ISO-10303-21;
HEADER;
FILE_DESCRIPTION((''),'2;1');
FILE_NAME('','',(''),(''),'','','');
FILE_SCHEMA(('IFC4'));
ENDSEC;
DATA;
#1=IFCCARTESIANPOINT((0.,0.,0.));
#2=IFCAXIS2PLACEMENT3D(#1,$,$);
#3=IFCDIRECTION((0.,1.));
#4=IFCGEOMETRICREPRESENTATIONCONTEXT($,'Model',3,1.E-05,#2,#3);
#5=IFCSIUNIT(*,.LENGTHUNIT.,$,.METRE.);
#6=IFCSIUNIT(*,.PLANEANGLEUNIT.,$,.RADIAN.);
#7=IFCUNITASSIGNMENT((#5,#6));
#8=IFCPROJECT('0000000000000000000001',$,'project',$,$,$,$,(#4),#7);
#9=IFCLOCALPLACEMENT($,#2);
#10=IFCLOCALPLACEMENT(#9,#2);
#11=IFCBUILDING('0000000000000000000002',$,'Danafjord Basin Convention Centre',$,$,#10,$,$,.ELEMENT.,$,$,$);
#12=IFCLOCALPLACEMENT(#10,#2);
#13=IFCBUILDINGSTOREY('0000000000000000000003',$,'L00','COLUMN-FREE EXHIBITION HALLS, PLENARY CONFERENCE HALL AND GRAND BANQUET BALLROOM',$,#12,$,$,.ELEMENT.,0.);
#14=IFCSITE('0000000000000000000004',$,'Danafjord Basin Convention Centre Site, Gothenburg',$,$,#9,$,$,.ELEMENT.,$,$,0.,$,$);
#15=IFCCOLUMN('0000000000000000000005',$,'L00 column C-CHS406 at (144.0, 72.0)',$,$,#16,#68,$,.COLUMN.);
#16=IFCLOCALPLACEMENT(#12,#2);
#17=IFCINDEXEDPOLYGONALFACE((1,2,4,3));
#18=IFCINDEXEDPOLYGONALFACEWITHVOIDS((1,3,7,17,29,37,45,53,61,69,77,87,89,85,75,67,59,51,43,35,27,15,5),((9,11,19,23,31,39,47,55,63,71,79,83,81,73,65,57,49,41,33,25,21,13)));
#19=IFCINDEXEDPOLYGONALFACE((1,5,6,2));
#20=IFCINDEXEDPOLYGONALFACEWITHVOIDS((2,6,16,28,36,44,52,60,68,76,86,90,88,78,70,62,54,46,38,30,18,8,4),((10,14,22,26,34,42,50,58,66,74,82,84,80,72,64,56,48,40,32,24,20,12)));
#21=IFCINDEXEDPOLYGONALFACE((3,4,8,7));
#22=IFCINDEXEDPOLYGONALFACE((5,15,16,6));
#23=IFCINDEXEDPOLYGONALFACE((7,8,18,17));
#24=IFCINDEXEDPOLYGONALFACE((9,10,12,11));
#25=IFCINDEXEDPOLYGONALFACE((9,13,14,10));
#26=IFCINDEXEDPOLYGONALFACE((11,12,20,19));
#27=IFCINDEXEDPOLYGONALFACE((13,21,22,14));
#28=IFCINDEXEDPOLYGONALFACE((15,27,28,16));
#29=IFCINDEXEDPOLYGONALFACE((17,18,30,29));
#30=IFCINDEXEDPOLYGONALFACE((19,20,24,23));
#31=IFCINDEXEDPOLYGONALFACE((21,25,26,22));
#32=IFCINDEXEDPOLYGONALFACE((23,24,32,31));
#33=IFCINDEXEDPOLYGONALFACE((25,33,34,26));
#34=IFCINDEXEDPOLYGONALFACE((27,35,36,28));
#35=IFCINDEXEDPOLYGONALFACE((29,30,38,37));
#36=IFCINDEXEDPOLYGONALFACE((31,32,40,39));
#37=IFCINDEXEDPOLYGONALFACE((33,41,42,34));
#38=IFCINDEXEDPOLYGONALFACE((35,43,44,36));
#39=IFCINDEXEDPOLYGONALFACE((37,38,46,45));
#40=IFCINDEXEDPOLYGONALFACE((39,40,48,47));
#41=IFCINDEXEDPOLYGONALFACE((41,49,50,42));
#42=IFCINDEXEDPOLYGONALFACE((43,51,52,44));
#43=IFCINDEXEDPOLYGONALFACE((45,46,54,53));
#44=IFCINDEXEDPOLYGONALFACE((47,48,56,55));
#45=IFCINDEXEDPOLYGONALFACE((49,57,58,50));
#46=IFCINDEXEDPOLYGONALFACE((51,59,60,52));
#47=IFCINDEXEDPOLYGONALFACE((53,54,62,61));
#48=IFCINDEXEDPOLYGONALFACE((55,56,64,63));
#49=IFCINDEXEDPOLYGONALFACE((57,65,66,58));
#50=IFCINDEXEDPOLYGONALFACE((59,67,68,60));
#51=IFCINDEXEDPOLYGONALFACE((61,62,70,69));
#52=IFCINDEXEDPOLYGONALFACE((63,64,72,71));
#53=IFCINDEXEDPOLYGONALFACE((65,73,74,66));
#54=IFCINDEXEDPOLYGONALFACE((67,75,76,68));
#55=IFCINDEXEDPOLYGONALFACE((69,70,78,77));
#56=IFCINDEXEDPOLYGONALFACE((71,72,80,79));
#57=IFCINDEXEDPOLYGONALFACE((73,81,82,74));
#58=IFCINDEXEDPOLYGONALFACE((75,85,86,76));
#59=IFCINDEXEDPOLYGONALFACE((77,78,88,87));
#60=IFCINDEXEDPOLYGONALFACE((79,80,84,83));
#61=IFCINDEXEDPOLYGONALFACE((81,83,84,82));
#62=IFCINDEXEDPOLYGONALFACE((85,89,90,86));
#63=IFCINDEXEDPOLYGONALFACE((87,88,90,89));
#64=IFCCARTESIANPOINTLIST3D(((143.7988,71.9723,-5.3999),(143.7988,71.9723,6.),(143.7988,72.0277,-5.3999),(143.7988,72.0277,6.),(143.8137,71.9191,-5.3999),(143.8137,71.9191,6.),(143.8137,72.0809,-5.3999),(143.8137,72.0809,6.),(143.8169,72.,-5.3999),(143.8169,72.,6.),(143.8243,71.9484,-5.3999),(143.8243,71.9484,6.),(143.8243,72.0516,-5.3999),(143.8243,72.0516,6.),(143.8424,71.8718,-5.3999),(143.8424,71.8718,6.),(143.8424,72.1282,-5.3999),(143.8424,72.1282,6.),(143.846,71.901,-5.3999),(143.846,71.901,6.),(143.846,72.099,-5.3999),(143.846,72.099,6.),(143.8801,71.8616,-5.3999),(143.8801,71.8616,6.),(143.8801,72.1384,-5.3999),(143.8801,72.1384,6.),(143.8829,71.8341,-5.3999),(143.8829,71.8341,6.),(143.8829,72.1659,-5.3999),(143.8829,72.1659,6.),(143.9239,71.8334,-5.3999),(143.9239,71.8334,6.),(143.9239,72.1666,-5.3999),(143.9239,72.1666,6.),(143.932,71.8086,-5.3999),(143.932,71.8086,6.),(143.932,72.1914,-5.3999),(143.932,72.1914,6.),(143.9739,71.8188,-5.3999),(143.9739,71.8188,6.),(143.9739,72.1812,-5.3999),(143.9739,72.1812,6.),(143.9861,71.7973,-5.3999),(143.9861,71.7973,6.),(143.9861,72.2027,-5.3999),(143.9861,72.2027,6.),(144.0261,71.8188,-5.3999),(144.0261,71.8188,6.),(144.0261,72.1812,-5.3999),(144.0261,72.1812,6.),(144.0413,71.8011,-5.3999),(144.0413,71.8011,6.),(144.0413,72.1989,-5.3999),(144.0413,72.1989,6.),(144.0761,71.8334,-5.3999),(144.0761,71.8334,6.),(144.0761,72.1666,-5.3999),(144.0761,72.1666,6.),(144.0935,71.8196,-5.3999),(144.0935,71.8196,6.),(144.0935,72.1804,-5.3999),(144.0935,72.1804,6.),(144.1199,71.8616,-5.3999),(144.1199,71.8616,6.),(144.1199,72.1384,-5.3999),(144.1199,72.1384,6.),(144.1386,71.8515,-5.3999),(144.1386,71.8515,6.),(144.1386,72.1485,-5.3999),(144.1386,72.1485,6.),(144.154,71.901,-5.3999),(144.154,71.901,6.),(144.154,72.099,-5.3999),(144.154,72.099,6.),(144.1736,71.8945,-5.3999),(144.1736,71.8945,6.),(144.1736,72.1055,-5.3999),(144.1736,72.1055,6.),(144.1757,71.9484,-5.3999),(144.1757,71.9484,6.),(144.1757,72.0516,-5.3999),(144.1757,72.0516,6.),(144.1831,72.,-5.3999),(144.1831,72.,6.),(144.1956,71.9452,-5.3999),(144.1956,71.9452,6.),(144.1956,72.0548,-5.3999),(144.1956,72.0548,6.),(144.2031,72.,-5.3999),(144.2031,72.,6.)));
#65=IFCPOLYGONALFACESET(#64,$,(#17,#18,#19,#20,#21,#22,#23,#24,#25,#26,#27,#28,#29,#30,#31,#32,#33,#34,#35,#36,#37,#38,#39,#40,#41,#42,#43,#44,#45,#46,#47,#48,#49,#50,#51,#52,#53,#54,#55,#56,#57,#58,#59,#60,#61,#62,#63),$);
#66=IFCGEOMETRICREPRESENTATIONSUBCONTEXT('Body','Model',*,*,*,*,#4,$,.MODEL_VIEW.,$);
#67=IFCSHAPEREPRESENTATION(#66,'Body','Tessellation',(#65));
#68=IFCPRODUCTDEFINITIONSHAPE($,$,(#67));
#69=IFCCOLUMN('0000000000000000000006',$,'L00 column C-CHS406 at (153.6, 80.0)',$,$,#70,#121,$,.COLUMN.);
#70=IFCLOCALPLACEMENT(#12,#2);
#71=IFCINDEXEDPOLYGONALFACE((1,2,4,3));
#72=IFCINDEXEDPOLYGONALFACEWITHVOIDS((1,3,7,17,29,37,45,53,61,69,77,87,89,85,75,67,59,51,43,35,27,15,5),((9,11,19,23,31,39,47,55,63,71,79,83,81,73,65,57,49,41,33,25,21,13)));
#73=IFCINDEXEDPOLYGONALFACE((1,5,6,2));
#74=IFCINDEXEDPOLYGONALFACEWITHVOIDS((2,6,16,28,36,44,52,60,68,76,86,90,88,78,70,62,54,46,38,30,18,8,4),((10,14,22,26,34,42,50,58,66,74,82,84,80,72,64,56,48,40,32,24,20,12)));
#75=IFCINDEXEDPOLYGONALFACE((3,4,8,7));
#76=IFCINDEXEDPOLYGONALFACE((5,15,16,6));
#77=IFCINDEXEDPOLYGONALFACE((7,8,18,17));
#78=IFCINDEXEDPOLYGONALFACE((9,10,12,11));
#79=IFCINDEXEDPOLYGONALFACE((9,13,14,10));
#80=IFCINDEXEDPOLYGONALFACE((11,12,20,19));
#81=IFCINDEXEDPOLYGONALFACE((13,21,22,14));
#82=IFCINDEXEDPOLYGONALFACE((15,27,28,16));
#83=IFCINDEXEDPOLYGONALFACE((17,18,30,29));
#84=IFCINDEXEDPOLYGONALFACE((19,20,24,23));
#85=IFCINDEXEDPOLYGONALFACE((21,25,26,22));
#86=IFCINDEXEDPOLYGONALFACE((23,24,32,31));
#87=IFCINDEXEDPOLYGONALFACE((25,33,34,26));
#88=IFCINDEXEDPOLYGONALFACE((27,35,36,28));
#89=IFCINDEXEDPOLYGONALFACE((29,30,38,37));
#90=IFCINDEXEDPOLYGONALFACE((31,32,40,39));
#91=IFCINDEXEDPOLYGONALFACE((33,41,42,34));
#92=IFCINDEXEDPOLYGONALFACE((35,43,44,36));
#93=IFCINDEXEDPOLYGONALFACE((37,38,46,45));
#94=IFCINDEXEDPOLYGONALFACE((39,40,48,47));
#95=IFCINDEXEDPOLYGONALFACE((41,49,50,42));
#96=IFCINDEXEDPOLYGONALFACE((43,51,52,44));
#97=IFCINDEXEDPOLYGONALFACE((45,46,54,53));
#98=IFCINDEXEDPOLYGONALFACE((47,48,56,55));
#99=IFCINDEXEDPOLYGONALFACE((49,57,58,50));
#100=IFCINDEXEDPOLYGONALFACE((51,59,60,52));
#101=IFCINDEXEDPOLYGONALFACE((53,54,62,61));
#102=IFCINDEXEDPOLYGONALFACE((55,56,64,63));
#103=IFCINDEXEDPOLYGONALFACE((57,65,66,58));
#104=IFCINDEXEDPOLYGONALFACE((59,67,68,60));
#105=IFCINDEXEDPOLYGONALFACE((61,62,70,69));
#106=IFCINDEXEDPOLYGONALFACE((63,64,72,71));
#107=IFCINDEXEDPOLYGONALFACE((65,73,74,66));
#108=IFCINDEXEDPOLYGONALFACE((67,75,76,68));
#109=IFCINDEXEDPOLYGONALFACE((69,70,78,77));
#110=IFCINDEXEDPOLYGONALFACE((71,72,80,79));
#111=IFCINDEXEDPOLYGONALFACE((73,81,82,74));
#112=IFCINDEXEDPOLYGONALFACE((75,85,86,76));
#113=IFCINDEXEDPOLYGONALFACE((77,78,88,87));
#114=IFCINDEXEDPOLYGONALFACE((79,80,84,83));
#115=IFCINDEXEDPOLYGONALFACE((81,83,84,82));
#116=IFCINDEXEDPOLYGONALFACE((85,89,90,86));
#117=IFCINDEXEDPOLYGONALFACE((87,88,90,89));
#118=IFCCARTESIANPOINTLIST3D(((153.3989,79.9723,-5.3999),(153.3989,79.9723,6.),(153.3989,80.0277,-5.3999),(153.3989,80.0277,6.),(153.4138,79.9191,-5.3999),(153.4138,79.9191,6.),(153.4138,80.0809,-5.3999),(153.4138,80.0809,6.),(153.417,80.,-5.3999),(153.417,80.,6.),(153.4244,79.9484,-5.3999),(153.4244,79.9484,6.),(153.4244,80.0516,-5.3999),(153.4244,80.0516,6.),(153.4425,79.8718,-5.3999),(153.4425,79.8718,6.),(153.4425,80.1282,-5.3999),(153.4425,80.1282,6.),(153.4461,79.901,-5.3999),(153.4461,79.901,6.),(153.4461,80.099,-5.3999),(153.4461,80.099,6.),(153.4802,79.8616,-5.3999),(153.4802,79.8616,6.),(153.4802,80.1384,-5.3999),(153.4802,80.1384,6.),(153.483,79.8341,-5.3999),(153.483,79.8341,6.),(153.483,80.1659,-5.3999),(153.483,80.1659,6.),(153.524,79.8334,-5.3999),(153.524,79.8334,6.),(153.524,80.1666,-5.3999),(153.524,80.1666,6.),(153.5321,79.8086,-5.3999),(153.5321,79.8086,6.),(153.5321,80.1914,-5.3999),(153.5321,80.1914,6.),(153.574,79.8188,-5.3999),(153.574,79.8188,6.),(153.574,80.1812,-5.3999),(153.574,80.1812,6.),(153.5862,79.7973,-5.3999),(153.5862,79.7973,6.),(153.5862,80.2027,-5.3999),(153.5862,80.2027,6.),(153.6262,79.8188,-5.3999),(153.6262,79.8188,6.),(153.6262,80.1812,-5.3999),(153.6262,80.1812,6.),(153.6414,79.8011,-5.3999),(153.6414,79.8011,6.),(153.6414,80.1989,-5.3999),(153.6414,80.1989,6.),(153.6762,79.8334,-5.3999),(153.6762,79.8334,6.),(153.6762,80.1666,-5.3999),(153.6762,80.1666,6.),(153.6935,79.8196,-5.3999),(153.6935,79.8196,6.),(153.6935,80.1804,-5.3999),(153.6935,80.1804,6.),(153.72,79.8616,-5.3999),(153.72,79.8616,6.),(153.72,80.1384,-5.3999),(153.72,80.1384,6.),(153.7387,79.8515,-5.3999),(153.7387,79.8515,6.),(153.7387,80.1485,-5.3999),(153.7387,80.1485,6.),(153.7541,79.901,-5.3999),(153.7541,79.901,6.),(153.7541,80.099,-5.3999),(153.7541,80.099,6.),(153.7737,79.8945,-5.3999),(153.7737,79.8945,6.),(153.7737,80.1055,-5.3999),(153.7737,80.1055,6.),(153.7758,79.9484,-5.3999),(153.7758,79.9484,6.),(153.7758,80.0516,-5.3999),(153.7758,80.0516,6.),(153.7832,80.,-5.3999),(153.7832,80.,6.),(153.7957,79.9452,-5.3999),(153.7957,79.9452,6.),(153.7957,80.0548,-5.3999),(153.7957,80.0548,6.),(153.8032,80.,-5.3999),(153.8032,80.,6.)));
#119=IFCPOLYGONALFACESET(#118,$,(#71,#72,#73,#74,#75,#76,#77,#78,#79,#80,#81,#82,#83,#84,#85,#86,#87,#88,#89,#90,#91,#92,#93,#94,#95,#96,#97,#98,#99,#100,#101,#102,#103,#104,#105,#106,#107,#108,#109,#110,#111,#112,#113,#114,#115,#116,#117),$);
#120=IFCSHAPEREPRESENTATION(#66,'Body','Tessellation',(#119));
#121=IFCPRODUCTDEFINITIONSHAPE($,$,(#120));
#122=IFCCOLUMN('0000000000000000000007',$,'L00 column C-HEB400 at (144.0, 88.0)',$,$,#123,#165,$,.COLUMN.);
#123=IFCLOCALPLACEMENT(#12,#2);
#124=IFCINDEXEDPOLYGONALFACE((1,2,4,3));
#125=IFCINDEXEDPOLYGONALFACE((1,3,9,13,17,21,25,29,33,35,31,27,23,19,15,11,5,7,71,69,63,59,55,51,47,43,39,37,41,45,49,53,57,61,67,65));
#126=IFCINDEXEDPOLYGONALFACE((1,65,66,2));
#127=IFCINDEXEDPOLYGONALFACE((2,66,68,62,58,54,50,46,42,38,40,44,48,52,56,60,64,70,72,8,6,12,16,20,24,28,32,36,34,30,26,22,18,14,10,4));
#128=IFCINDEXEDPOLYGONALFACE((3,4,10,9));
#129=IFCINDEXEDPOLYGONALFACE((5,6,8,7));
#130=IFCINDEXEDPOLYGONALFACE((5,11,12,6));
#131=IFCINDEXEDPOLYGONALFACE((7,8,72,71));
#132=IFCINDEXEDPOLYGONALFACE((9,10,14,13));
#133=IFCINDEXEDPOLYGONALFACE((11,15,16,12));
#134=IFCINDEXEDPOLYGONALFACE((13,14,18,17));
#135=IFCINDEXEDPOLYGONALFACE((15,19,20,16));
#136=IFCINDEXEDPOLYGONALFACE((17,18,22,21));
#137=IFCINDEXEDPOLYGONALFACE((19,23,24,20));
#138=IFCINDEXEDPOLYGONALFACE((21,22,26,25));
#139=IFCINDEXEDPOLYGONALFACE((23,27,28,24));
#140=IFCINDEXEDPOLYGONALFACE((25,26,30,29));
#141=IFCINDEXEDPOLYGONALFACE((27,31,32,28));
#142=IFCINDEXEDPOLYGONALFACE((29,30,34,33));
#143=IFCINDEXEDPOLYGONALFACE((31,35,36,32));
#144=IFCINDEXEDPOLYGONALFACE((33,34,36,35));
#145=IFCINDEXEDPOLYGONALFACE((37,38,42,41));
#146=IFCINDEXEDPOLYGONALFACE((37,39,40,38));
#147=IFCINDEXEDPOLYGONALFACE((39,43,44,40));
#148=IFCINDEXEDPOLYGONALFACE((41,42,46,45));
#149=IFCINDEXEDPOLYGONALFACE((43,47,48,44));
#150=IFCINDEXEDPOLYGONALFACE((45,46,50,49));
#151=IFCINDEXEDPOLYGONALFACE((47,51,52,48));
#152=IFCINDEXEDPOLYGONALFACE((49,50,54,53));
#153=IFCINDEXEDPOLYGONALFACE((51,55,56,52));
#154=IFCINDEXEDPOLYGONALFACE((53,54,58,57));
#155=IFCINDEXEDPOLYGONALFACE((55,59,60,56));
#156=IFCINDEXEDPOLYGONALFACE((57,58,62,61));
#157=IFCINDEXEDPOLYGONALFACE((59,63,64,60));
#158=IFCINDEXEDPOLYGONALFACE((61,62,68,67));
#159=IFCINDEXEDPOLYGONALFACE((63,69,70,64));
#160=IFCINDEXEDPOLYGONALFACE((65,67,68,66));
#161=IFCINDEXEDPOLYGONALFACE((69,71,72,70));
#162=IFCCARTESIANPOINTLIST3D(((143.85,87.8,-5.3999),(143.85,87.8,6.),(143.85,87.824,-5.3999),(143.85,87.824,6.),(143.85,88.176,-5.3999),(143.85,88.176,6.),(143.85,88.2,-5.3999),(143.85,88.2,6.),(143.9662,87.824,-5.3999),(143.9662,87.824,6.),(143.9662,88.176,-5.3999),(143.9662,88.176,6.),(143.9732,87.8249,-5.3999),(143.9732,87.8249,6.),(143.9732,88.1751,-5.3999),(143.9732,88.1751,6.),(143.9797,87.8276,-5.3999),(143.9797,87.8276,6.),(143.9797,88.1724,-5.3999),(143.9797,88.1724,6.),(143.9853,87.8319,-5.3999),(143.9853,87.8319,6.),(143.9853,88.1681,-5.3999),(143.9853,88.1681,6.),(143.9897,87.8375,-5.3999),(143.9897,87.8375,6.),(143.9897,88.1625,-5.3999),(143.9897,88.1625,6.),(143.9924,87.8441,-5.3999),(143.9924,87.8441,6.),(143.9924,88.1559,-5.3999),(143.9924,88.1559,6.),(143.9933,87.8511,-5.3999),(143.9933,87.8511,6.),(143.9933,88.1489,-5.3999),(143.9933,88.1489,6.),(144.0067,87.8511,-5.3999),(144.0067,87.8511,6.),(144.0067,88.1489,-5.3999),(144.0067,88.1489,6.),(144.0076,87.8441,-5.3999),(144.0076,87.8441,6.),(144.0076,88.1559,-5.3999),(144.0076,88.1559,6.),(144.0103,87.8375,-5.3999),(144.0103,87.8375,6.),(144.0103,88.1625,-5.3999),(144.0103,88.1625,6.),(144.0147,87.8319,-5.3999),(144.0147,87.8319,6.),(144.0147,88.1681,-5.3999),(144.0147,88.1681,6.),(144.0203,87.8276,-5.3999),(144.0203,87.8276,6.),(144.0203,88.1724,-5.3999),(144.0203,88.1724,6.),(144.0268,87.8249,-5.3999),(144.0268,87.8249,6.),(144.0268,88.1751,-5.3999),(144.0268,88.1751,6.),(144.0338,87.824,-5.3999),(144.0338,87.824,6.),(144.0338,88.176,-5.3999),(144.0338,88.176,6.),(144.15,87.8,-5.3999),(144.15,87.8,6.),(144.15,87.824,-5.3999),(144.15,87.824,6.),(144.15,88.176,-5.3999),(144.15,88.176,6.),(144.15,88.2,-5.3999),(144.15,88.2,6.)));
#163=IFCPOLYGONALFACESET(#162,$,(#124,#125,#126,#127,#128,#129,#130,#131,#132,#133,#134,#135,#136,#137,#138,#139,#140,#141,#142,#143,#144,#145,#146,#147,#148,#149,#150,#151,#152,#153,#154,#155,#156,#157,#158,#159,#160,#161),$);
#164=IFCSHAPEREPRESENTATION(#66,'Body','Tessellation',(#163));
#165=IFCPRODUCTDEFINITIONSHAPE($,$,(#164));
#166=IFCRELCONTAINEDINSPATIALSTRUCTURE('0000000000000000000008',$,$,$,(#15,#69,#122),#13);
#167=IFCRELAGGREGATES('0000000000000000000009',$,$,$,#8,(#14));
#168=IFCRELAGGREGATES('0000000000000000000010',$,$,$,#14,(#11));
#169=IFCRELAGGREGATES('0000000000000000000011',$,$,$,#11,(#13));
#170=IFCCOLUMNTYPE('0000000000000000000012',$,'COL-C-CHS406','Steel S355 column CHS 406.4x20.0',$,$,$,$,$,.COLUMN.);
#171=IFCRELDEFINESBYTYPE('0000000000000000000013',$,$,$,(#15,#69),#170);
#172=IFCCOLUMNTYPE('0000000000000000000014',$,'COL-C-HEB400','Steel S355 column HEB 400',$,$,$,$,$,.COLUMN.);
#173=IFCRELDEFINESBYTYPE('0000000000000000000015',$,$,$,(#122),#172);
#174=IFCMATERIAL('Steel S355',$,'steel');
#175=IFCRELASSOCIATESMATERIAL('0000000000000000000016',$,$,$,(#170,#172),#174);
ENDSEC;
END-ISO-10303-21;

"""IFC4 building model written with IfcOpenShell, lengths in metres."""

from ifc_helpers import new_model, si_unit, direction, frame, origin, origin_2d, place, context, subcontext, project, spatial, hollow_circle, i_section, extrude, material, material_profile, profile_set, type_object, element, save


model = new_model("IFC4")

# Units and contexts
model_context = context("Model", 3, precision=1e-05, world=origin(), true_north=direction((0.0, 1.0)))
body_context = subcontext(model_context, "Body", "Model", "MODEL_VIEW")
ifc_project = project(units=[si_unit("LENGTHUNIT", "METRE"), si_unit("PLANEANGLEUNIT", "RADIAN")], contexts=[model_context])

# Site, building, storey
site_placement = place(None, origin())
site = spatial("IfcSite", under=ifc_project, at=site_placement, Name="Danafjord Basin Convention Centre Site, Gothenburg", CompositionType="ELEMENT", RefElevation=0.0)
building_placement = place(site_placement, origin())
building = spatial("IfcBuilding", under=site, at=building_placement, Name="Danafjord Basin Convention Centre", CompositionType="ELEMENT")
storey_placement = place(building_placement, origin())
storey = spatial("IfcBuildingStorey", under=building, at=storey_placement, Name="L00", Description="COLUMN-FREE EXHIBITION HALLS, PLENARY CONFERENCE HALL AND GRAND BANQUET BALLROOM", CompositionType="ELEMENT", Elevation=0.0)

# Columns
ifc_material_1 = material(Name="Steel S355", Category="steel")
ifc_material_profile_1 = material_profile(ifc_material_1, hollow_circle(Radius=0.2031, WallThickness=0.02, at=origin_2d()), Name="CHS 406.4x20.0")
ifc_profile_set_1 = profile_set([ifc_material_profile_1], Name="Steel S355")
column_type_1 = type_object("IfcColumnType", Name="COL-C-CHS406", Description="Steel S355 column CHS 406.4x20.0", PredefinedType="COLUMN", material=ifc_profile_set_1)
for number, where, z_axis, x_axis, name in (
    (1, (144.0, 72.0, -5.3999), (0.0, 0.0, 1.0), (1.0, 0.0, 0.0), "L00 column C-CHS406 at (144.0, 72.0)"),
    (2, (153.6001, 80.0, -5.3999), (0.0, 0.0, 1.0), (1.0, 0.0, 0.0), "L00 column C-CHS406 at (153.6, 80.0)"),
):
    element("IfcColumn", number, at=place(storey_placement, frame(where, z_axis=z_axis, x_axis=x_axis)), inside=storey, type_object=column_type_1, Name=name, PredefinedType="COLUMN", context=body_context, shape_type="SweptSolid", body=[
        extrude(hollow_circle(Radius=0.2031, WallThickness=0.02, at=origin_2d()), origin(), (0.0, 0.0, 1.0), 11.3999),
    ])
ifc_material_profile_2 = material_profile(ifc_material_1, i_section(OverallWidth=0.3, OverallDepth=0.3999, WebThickness=0.0134, FlangeThickness=0.0239, FilletRadius=0.0271, at=origin_2d()), Name="HEB 400")
ifc_profile_set_2 = profile_set([ifc_material_profile_2], Name="Steel S355")
column_type_2 = type_object("IfcColumnType", Name="COL-C-HEB400", Description="Steel S355 column HEB 400", PredefinedType="COLUMN", material=ifc_profile_set_2)
column_1_placement = place(storey_placement, frame((144.0, 88.0, -5.3999), z_axis=(0.0, 0.0, 1.0), x_axis=(1.0, 0.0, 0.0)))
element("IfcColumn", 3, at=column_1_placement, inside=storey, type_object=column_type_2, Name="L00 column C-HEB400 at (144.0, 88.0)", PredefinedType="COLUMN", context=body_context, shape_type="SweptSolid", body=[
    extrude(i_section(OverallWidth=0.3, OverallDepth=0.3999, WebThickness=0.0134, FlangeThickness=0.0239, FilletRadius=0.0271, at=origin_2d()), origin(), (0.0, 0.0, 1.0), 11.3999),
])

save(model, "model.ifc")
